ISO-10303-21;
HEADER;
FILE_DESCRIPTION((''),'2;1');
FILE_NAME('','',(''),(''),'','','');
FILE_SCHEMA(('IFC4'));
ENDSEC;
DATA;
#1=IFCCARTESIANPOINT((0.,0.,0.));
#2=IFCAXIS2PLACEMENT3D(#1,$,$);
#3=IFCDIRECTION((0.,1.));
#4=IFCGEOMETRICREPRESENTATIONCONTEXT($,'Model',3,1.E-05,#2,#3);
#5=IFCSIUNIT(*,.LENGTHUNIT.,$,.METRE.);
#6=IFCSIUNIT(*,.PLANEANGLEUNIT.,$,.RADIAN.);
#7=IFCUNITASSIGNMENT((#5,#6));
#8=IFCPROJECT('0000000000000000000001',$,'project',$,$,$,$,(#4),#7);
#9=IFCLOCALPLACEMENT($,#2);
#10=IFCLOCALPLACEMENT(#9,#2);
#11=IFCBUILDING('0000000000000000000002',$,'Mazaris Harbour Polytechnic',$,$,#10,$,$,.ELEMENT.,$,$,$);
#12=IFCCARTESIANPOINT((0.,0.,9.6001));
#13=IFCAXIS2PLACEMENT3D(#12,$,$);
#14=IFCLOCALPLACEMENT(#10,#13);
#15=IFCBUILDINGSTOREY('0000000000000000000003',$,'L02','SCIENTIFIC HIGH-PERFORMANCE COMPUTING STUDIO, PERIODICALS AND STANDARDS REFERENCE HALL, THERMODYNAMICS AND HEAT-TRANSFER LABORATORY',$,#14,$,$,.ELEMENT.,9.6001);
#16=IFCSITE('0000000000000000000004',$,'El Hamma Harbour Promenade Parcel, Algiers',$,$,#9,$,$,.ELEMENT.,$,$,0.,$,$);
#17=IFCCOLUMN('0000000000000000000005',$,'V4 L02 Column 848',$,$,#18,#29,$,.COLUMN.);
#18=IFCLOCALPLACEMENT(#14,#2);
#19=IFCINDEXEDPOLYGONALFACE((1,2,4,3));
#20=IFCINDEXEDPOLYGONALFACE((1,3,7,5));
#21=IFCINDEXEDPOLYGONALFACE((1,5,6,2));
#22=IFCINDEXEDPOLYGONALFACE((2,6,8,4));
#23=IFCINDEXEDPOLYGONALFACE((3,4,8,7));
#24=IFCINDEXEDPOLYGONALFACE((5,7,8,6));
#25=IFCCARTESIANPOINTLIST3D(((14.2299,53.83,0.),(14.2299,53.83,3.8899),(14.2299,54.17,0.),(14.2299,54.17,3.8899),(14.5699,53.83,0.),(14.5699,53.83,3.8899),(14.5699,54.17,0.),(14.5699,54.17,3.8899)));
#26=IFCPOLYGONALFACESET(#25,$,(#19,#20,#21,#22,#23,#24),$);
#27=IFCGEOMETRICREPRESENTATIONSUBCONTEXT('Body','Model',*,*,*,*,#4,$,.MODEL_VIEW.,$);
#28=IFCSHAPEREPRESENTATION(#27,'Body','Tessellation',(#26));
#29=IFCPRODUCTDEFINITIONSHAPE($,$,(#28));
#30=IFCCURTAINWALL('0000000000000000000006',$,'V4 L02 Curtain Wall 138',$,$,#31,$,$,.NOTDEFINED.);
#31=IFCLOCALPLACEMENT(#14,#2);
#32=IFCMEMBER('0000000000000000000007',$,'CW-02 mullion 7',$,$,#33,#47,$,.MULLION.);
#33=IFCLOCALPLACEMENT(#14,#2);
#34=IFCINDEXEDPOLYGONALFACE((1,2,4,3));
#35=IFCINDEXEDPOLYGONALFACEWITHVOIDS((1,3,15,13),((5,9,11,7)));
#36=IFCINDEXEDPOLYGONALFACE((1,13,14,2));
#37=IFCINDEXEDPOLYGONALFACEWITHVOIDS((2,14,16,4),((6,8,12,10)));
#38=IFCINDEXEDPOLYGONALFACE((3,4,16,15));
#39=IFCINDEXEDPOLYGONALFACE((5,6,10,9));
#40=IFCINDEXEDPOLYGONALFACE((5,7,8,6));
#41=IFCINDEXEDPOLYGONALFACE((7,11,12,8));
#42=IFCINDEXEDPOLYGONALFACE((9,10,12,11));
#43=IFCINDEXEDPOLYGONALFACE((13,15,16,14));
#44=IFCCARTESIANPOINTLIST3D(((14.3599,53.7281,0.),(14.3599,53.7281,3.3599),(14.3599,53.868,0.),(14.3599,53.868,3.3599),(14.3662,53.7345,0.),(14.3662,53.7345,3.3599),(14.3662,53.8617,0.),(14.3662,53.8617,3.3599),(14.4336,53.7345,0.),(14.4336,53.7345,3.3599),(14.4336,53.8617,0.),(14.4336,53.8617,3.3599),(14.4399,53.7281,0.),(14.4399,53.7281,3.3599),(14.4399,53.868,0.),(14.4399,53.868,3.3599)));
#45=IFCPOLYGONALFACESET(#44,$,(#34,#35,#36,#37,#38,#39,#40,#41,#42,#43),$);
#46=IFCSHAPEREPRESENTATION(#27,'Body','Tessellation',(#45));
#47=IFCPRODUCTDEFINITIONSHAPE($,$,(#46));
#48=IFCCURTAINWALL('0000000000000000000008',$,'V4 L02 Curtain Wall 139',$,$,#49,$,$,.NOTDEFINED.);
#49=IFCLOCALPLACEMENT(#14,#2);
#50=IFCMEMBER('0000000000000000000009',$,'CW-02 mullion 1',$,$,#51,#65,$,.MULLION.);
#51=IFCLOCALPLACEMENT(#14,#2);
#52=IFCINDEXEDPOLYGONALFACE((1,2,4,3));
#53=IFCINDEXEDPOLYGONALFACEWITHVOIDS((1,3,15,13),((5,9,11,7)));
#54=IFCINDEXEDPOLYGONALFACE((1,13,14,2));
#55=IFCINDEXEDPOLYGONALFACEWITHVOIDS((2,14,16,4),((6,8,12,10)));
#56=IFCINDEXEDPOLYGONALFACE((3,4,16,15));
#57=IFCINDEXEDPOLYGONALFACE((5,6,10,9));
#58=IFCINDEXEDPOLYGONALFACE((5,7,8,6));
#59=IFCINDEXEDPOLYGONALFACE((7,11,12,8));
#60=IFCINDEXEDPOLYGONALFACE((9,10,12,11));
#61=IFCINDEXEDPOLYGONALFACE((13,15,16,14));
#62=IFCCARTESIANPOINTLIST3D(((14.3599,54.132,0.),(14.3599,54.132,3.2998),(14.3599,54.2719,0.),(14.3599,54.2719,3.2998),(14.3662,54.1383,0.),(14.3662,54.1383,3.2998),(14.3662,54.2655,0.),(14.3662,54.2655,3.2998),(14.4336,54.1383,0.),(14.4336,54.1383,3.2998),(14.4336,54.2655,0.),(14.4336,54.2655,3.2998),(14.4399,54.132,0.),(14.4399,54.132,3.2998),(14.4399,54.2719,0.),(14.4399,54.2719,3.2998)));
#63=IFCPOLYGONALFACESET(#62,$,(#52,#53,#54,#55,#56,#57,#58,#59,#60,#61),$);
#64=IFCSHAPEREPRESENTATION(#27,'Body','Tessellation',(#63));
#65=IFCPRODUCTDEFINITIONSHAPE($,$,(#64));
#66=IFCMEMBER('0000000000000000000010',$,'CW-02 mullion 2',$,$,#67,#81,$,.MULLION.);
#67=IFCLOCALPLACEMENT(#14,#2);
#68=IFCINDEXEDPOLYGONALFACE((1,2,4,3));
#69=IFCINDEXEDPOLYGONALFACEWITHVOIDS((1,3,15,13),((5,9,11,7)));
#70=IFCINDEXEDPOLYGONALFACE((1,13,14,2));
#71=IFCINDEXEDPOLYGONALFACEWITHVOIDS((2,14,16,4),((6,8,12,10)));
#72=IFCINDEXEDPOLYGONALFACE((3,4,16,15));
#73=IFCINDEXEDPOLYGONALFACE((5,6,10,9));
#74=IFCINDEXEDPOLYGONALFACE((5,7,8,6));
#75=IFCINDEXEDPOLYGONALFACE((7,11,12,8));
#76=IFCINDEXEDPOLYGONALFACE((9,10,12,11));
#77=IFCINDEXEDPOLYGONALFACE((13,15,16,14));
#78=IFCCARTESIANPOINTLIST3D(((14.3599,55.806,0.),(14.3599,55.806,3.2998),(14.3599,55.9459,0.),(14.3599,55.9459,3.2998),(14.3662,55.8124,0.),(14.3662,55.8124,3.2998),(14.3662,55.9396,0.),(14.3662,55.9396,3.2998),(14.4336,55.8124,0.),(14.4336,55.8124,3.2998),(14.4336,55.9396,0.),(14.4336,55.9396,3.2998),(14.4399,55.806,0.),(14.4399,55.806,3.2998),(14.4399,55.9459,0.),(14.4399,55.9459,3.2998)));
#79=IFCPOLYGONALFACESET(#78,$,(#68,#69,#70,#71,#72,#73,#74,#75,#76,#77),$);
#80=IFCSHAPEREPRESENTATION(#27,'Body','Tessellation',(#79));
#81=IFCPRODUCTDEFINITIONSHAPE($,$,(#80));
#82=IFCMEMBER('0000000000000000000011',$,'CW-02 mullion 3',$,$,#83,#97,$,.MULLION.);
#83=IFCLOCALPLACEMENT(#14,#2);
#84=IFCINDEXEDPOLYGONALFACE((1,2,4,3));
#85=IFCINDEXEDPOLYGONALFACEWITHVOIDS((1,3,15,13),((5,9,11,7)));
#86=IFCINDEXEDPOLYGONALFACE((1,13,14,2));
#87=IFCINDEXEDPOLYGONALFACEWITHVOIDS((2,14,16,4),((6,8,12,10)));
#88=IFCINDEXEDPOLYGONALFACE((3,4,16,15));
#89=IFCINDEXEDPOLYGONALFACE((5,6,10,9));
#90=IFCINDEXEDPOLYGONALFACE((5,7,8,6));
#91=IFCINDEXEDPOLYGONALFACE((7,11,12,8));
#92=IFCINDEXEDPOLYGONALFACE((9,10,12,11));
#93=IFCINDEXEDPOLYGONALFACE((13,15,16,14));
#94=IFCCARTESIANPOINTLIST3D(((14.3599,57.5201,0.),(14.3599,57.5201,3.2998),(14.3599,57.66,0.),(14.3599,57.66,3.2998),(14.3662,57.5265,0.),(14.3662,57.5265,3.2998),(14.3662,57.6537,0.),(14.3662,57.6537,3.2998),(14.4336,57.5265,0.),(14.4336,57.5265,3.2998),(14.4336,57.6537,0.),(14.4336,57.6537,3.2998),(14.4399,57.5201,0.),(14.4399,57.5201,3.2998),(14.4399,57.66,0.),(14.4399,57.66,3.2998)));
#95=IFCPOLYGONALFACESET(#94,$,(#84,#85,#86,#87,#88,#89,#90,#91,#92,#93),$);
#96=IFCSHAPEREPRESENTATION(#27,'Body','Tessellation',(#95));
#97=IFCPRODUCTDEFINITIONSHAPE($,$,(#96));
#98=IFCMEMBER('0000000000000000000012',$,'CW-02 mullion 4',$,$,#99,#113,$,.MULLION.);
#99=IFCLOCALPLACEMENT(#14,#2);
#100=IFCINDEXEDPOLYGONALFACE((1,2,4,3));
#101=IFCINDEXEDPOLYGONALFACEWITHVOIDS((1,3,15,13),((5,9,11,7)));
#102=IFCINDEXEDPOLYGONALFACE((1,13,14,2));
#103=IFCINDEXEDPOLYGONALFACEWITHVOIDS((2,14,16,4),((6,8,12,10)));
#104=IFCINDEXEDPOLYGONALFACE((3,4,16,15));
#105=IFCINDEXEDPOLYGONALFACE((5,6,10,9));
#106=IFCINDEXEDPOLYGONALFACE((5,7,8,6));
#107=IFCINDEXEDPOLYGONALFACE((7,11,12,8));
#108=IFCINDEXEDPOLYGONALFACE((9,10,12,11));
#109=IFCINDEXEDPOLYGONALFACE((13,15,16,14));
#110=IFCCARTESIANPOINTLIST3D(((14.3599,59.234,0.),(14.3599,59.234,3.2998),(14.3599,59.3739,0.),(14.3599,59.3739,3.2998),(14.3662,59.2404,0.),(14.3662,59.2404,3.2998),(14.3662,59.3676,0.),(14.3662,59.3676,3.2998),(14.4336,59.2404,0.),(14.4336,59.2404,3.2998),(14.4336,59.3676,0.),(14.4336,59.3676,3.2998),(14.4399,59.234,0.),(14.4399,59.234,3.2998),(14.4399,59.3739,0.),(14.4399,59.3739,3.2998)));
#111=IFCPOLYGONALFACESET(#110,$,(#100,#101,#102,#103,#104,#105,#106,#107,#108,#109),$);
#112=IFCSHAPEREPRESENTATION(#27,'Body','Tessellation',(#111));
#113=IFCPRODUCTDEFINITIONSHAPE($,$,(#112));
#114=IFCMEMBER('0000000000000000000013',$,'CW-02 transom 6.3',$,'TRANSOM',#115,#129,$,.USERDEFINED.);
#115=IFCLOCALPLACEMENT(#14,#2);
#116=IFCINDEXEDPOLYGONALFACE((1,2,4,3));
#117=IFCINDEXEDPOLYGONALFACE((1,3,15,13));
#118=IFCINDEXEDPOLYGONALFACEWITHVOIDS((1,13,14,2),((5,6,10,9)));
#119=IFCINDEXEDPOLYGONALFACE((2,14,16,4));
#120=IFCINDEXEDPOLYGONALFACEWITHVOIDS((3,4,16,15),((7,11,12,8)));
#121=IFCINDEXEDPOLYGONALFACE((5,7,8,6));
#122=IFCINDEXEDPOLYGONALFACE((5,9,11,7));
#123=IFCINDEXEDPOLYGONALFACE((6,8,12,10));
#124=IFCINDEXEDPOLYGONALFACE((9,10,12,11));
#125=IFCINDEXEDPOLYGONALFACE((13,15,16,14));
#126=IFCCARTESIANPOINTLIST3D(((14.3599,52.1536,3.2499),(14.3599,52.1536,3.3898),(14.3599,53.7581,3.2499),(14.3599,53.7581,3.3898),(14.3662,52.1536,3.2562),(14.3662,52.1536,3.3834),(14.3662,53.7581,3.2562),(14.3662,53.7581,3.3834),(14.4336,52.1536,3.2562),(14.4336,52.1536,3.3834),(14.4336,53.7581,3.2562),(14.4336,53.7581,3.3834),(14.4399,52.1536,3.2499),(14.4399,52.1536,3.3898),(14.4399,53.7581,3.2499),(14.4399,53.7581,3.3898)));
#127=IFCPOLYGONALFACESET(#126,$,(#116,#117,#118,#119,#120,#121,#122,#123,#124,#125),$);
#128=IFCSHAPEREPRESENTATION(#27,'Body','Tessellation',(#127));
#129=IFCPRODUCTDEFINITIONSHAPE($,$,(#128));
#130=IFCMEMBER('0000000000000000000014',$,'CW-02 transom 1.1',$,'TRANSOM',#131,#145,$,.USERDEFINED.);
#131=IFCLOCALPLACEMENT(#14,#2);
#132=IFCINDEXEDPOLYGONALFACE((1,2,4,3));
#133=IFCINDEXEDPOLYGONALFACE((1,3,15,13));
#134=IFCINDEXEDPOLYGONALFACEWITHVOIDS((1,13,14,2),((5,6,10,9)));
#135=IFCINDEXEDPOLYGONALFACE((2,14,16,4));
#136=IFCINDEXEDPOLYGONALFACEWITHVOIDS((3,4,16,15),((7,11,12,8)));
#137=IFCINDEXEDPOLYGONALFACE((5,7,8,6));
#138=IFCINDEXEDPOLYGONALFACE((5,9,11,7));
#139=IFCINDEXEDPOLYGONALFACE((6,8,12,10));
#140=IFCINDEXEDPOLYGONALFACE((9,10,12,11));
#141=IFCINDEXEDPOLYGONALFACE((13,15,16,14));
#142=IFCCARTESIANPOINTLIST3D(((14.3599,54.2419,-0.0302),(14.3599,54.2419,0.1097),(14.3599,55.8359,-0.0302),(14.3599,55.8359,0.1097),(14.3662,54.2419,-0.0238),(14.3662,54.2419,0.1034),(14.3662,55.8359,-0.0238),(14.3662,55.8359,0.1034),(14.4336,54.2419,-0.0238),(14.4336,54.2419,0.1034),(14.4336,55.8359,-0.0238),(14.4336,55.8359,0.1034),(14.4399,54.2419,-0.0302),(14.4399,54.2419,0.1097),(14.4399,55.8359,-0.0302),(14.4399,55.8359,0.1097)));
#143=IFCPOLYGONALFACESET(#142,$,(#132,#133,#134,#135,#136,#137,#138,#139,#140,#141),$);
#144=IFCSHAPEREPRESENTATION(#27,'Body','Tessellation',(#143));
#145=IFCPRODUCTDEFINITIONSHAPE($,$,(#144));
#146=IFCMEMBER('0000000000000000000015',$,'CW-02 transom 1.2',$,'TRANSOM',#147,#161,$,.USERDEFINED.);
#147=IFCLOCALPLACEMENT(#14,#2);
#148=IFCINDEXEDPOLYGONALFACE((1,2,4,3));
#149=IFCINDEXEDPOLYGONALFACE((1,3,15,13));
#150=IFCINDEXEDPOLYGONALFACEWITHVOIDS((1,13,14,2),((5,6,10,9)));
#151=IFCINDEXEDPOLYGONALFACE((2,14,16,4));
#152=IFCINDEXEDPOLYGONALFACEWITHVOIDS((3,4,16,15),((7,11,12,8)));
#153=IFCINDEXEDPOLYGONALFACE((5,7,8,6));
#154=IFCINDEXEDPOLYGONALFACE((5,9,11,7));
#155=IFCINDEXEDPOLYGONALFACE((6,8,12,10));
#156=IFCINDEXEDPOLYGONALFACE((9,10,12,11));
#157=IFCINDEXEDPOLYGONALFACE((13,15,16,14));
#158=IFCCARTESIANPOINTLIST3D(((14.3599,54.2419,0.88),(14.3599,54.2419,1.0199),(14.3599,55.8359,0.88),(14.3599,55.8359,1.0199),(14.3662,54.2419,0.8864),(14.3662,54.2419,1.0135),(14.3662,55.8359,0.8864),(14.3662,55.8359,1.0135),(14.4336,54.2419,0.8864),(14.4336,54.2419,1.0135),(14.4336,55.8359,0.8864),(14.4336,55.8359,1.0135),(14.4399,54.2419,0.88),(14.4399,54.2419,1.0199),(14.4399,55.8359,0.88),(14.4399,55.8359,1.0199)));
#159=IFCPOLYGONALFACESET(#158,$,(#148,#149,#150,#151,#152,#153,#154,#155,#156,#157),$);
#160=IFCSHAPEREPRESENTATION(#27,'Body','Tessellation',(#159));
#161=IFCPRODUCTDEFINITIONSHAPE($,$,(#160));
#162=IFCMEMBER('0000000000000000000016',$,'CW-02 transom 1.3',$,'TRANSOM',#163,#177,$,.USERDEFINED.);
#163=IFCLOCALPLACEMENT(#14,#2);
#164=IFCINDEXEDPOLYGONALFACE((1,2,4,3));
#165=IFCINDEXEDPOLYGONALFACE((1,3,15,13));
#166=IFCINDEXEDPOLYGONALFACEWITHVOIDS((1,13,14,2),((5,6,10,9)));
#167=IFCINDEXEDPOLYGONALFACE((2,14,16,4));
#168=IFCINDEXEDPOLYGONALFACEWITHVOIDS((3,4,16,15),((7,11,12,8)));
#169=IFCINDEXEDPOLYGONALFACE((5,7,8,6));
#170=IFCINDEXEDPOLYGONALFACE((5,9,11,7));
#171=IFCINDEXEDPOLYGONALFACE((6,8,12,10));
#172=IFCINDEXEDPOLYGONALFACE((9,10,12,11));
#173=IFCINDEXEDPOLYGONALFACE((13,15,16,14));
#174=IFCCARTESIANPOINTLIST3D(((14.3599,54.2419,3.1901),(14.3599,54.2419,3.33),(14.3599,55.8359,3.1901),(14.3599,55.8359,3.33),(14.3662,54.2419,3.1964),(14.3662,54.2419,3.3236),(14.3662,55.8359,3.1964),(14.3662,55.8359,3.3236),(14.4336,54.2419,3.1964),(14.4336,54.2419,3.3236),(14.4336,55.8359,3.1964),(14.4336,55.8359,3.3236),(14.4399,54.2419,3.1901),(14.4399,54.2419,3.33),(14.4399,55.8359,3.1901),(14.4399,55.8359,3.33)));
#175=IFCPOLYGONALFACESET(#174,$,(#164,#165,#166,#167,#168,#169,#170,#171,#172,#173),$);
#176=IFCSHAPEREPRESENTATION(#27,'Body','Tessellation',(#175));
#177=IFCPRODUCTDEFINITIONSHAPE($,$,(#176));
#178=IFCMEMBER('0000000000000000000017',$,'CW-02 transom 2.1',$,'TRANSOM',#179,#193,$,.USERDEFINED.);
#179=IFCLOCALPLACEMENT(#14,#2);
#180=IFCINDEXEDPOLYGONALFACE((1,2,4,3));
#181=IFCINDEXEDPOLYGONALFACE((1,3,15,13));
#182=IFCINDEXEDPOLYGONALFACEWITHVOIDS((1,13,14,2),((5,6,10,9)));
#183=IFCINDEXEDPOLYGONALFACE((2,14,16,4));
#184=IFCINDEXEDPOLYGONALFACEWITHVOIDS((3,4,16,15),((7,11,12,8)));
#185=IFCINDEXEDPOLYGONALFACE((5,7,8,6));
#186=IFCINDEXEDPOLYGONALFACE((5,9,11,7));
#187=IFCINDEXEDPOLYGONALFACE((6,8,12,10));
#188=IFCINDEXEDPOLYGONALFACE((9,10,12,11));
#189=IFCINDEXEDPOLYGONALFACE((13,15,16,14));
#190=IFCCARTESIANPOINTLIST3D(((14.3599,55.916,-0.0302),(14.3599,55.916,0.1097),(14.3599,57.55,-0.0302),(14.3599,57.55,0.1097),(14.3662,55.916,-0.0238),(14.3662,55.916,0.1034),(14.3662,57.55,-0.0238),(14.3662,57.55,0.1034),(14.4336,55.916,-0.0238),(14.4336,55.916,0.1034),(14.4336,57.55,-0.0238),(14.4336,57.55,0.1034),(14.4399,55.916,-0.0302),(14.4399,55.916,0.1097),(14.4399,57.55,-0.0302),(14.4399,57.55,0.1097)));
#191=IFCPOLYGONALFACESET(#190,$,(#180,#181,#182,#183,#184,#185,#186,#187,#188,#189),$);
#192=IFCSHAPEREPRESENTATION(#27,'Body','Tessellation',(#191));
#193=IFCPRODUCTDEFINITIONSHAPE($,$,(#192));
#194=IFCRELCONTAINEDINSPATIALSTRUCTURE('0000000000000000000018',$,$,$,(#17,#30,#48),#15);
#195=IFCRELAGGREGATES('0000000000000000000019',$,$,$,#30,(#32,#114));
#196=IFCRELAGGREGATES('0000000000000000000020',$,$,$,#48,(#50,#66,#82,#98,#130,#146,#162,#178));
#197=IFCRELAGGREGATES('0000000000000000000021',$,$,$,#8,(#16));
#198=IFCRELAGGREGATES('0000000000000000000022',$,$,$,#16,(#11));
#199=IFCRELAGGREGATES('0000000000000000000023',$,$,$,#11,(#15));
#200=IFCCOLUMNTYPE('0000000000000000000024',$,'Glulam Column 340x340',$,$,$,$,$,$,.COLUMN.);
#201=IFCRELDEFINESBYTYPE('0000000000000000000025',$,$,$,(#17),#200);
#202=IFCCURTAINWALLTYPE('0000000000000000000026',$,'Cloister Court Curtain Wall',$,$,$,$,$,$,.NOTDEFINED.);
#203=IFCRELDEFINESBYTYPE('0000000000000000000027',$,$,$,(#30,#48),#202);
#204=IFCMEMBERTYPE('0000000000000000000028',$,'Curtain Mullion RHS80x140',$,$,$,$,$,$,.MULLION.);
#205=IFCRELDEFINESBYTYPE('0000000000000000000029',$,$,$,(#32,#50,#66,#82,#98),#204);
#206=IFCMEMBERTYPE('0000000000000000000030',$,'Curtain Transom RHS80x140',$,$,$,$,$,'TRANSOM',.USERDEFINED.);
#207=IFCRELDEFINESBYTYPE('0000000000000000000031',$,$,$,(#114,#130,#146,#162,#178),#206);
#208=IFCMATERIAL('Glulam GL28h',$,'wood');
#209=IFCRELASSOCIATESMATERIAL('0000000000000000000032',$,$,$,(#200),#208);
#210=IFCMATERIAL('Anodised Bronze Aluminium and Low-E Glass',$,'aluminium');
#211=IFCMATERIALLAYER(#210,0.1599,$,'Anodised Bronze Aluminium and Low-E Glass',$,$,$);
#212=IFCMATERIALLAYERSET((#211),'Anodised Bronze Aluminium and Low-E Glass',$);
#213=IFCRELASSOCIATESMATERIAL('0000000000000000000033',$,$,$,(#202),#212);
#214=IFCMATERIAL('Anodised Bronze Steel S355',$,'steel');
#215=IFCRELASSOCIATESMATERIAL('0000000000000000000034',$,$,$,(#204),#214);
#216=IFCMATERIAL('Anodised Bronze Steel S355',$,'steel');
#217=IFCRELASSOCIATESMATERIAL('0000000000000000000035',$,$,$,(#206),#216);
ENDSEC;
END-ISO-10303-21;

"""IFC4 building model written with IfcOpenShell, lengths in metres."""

from ifc_helpers import new_model, si_unit, direction, frame, origin, origin_2d, place, context, subcontext, project, spatial, rectangle, hollow_rectangle, extrude, material, layer, layer_set, material_profile, profile_set, type_object, element, aggregate, save


model = new_model("IFC4")

# Units and contexts
model_context = context("Model", 3, precision=1e-05, world=origin(), true_north=direction((0.0, 1.0)))
body_context = subcontext(model_context, "Body", "Model", "MODEL_VIEW")
ifc_project = project(units=[si_unit("LENGTHUNIT", "METRE"), si_unit("PLANEANGLEUNIT", "RADIAN")], contexts=[model_context])

# Site, building, storey
site_placement = place(None, origin())
site = spatial("IfcSite", under=ifc_project, at=site_placement, Name="El Hamma Harbour Promenade Parcel, Algiers", CompositionType="ELEMENT", RefElevation=0.0)
building_placement = place(site_placement, origin())
building = spatial("IfcBuilding", under=site, at=building_placement, Name="Mazaris Harbour Polytechnic", CompositionType="ELEMENT")
storey_placement = place(building_placement, frame((0.0, 0.0, 9.6001)))
storey = spatial("IfcBuildingStorey", under=building, at=storey_placement, Name="L02", Description="SCIENTIFIC HIGH-PERFORMANCE COMPUTING STUDIO, PERIODICALS AND STANDARDS REFERENCE HALL, THERMODYNAMICS AND HEAT-TRANSFER LABORATORY", CompositionType="ELEMENT", Elevation=9.6001)

# Column
ifc_material_1 = material(Name="Glulam GL28h", Category="wood")
ifc_material_profile_1 = material_profile(ifc_material_1, rectangle(XDim=0.3401, YDim=0.3401, at=origin_2d()), Name="RECT340x340")
ifc_profile_set_1 = profile_set([ifc_material_profile_1], Name="Glulam GL28h")
column_type = type_object("IfcColumnType", Name="Glulam Column 340x340", PredefinedType="COLUMN", material=ifc_profile_set_1)
column_placement = place(storey_placement, frame((14.3999, 54.0, 0.0), z_axis=(0.0, 0.0, 1.0), x_axis=(1.0, 0.0, 0.0)))
element("IfcColumn", 1, at=column_placement, inside=storey, type_object=column_type, Name="V4 L02 Column 848", PredefinedType="COLUMN", context=body_context, shape_type="SweptSolid", body=[
    extrude(rectangle(XDim=0.3401, YDim=0.3401, at=origin_2d()), origin(), (0.0, 0.0, 1.0), 3.8899),
])

# Curtain wall, member
ifc_material_2 = material(Name="Anodised Bronze Aluminium and Low-E Glass", Category="aluminium")
ifc_layer_1 = layer(ifc_material_2, 0.1599, Name="Anodised Bronze Aluminium and Low-E Glass")
ifc_layer_set_1 = layer_set([ifc_layer_1], Name="Anodised Bronze Aluminium and Low-E Glass")
curtain_wall_type = type_object("IfcCurtainWallType", Name="Cloister Court Curtain Wall", PredefinedType="NOTDEFINED", material=ifc_layer_set_1)
curtain_wall_1_placement = place(storey_placement, origin())
curtain_wall_1 = element("IfcCurtainWall", 2, at=curtain_wall_1_placement, inside=storey, type_object=curtain_wall_type, Name="V4 L02 Curtain Wall 138", PredefinedType="NOTDEFINED")
ifc_material_3 = material(Name="Anodised Bronze Steel S355", Category="steel")
ifc_material_profile_2 = material_profile(ifc_material_3, hollow_rectangle(XDim=0.0801, YDim=0.1399, WallThickness=0.0063, at=origin_2d()), Name="RHS 80x140x6.3")
ifc_profile_set_2 = profile_set([ifc_material_profile_2], Name="Anodised Bronze Steel S355")
member_type_1 = type_object("IfcMemberType", Name="Curtain Mullion RHS80x140", PredefinedType="MULLION", material=ifc_profile_set_2)
member_1_placement = place(storey_placement, frame((14.3999, 53.7981, 0.0), z_axis=(0.0, 0.0, 1.0), x_axis=(-1.0, 0.0, 0.0)))
member_1 = element("IfcMember", 3, at=member_1_placement, type_object=member_type_1, Name="CW-02 mullion 7", PredefinedType="MULLION", context=body_context, shape_type="SweptSolid", body=[
    extrude(hollow_rectangle(XDim=0.0801, YDim=0.1399, WallThickness=0.0063, at=origin_2d()), origin(), (0.0, 0.0, 1.0), 3.3599),
])

# Curtain wall, members
curtain_wall_2_placement = place(storey_placement, origin())
curtain_wall_2 = element("IfcCurtainWall", 4, at=curtain_wall_2_placement, inside=storey, type_object=curtain_wall_type, Name="V4 L02 Curtain Wall 139", PredefinedType="NOTDEFINED")
member_2_placement = place(storey_placement, frame((14.3999, 54.2019, 0.0), z_axis=(0.0, 0.0, 1.0), x_axis=(-1.0, 0.0, 0.0)))
member_2 = element("IfcMember", 5, at=member_2_placement, type_object=member_type_1, Name="CW-02 mullion 1", PredefinedType="MULLION", context=body_context, shape_type="SweptSolid", body=[
    extrude(hollow_rectangle(XDim=0.0801, YDim=0.1399, WallThickness=0.0063, at=origin_2d()), origin(), (0.0, 0.0, 1.0), 3.2998),
])
member_3_placement = place(storey_placement, frame((14.3999, 55.876, 0.0), z_axis=(0.0, 0.0, 1.0), x_axis=(-1.0, 0.0, 0.0)))
member_3 = element("IfcMember", 6, at=member_3_placement, type_object=member_type_1, Name="CW-02 mullion 2", PredefinedType="MULLION", context=body_context, shape_type="SweptSolid", body=[
    extrude(hollow_rectangle(XDim=0.0801, YDim=0.1399, WallThickness=0.0063, at=origin_2d()), origin(), (0.0, 0.0, 1.0), 3.2998),
])
member_4_placement = place(storey_placement, frame((14.3999, 57.5901, 0.0), z_axis=(0.0, 0.0, 1.0), x_axis=(-1.0, 0.0, 0.0)))
member_4 = element("IfcMember", 7, at=member_4_placement, type_object=member_type_1, Name="CW-02 mullion 3", PredefinedType="MULLION", context=body_context, shape_type="SweptSolid", body=[
    extrude(hollow_rectangle(XDim=0.0801, YDim=0.1399, WallThickness=0.0063, at=origin_2d()), origin(), (0.0, 0.0, 1.0), 3.2998),
])
member_5_placement = place(storey_placement, frame((14.3999, 59.304, 0.0), z_axis=(0.0, 0.0, 1.0), x_axis=(-1.0, 0.0, 0.0)))
member_5 = element("IfcMember", 8, at=member_5_placement, type_object=member_type_1, Name="CW-02 mullion 4", PredefinedType="MULLION", context=body_context, shape_type="SweptSolid", body=[
    extrude(hollow_rectangle(XDim=0.0801, YDim=0.1399, WallThickness=0.0063, at=origin_2d()), origin(), (0.0, 0.0, 1.0), 3.2998),
])

# Members
ifc_material_4 = material(Name="Anodised Bronze Steel S355", Category="steel")
ifc_material_profile_3 = material_profile(ifc_material_4, hollow_rectangle(XDim=0.0801, YDim=0.1399, WallThickness=0.0063, at=origin_2d()), Name="RHS 80x140x6.3")
ifc_profile_set_3 = profile_set([ifc_material_profile_3], Name="Anodised Bronze Steel S355")
member_type_2 = type_object("IfcMemberType", Name="Curtain Transom RHS80x140", ElementType="TRANSOM", PredefinedType="USERDEFINED", material=ifc_profile_set_3)
member_6_placement = place(storey_placement, frame((14.3999, 52.1536, 3.3198), z_axis=(0.0, 1.0, 0.0), x_axis=(-1.0, 0.0, 0.0)))
member_6 = element("IfcMember", 9, at=member_6_placement, type_object=member_type_2, Name="CW-02 transom 6.3", ObjectType="TRANSOM", PredefinedType="USERDEFINED", context=body_context, shape_type="SweptSolid", body=[
    extrude(hollow_rectangle(XDim=0.0801, YDim=0.1399, WallThickness=0.0063, at=origin_2d()), origin(), (0.0, 0.0, 1.0), 1.6045),
])
member_7_placement = place(storey_placement, frame((14.3999, 54.2419, 0.0398), z_axis=(0.0, 1.0, 0.0), x_axis=(-1.0, 0.0, 0.0)))
member_7 = element("IfcMember", 10, at=member_7_placement, type_object=member_type_2, Name="CW-02 transom 1.1", ObjectType="TRANSOM", PredefinedType="USERDEFINED", context=body_context, shape_type="SweptSolid", body=[
    extrude(hollow_rectangle(XDim=0.0801, YDim=0.1399, WallThickness=0.0063, at=origin_2d()), origin(), (0.0, 0.0, 1.0), 1.594),
])
member_8_placement = place(storey_placement, frame((14.3999, 54.2419, 0.95), z_axis=(0.0, 1.0, 0.0), x_axis=(-1.0, 0.0, 0.0)))
member_8 = element("IfcMember", 11, at=member_8_placement, type_object=member_type_2, Name="CW-02 transom 1.2", ObjectType="TRANSOM", PredefinedType="USERDEFINED", context=body_context, shape_type="SweptSolid", body=[
    extrude(hollow_rectangle(XDim=0.0801, YDim=0.1399, WallThickness=0.0063, at=origin_2d()), origin(), (0.0, 0.0, 1.0), 1.594),
])
member_9_placement = place(storey_placement, frame((14.3999, 54.2419, 3.26), z_axis=(0.0, 1.0, 0.0), x_axis=(-1.0, 0.0, 0.0)))
member_9 = element("IfcMember", 12, at=member_9_placement, type_object=member_type_2, Name="CW-02 transom 1.3", ObjectType="TRANSOM", PredefinedType="USERDEFINED", context=body_context, shape_type="SweptSolid", body=[
    extrude(hollow_rectangle(XDim=0.0801, YDim=0.1399, WallThickness=0.0063, at=origin_2d()), origin(), (0.0, 0.0, 1.0), 1.594),
])
member_10_placement = place(storey_placement, frame((14.3999, 55.916, 0.0398), z_axis=(0.0, 1.0, 0.0), x_axis=(-1.0, 0.0, 0.0)))
member_10 = element("IfcMember", 13, at=member_10_placement, type_object=member_type_2, Name="CW-02 transom 2.1", ObjectType="TRANSOM", PredefinedType="USERDEFINED", context=body_context, shape_type="SweptSolid", body=[
    extrude(hollow_rectangle(XDim=0.0801, YDim=0.1399, WallThickness=0.0063, at=origin_2d()), origin(), (0.0, 0.0, 1.0), 1.634),
])

aggregate(curtain_wall_1, [member_1, member_6])
aggregate(curtain_wall_2, [member_2, member_3, member_4, member_5, member_7, member_8, member_9, member_10])

save(model, "model.ifc")
